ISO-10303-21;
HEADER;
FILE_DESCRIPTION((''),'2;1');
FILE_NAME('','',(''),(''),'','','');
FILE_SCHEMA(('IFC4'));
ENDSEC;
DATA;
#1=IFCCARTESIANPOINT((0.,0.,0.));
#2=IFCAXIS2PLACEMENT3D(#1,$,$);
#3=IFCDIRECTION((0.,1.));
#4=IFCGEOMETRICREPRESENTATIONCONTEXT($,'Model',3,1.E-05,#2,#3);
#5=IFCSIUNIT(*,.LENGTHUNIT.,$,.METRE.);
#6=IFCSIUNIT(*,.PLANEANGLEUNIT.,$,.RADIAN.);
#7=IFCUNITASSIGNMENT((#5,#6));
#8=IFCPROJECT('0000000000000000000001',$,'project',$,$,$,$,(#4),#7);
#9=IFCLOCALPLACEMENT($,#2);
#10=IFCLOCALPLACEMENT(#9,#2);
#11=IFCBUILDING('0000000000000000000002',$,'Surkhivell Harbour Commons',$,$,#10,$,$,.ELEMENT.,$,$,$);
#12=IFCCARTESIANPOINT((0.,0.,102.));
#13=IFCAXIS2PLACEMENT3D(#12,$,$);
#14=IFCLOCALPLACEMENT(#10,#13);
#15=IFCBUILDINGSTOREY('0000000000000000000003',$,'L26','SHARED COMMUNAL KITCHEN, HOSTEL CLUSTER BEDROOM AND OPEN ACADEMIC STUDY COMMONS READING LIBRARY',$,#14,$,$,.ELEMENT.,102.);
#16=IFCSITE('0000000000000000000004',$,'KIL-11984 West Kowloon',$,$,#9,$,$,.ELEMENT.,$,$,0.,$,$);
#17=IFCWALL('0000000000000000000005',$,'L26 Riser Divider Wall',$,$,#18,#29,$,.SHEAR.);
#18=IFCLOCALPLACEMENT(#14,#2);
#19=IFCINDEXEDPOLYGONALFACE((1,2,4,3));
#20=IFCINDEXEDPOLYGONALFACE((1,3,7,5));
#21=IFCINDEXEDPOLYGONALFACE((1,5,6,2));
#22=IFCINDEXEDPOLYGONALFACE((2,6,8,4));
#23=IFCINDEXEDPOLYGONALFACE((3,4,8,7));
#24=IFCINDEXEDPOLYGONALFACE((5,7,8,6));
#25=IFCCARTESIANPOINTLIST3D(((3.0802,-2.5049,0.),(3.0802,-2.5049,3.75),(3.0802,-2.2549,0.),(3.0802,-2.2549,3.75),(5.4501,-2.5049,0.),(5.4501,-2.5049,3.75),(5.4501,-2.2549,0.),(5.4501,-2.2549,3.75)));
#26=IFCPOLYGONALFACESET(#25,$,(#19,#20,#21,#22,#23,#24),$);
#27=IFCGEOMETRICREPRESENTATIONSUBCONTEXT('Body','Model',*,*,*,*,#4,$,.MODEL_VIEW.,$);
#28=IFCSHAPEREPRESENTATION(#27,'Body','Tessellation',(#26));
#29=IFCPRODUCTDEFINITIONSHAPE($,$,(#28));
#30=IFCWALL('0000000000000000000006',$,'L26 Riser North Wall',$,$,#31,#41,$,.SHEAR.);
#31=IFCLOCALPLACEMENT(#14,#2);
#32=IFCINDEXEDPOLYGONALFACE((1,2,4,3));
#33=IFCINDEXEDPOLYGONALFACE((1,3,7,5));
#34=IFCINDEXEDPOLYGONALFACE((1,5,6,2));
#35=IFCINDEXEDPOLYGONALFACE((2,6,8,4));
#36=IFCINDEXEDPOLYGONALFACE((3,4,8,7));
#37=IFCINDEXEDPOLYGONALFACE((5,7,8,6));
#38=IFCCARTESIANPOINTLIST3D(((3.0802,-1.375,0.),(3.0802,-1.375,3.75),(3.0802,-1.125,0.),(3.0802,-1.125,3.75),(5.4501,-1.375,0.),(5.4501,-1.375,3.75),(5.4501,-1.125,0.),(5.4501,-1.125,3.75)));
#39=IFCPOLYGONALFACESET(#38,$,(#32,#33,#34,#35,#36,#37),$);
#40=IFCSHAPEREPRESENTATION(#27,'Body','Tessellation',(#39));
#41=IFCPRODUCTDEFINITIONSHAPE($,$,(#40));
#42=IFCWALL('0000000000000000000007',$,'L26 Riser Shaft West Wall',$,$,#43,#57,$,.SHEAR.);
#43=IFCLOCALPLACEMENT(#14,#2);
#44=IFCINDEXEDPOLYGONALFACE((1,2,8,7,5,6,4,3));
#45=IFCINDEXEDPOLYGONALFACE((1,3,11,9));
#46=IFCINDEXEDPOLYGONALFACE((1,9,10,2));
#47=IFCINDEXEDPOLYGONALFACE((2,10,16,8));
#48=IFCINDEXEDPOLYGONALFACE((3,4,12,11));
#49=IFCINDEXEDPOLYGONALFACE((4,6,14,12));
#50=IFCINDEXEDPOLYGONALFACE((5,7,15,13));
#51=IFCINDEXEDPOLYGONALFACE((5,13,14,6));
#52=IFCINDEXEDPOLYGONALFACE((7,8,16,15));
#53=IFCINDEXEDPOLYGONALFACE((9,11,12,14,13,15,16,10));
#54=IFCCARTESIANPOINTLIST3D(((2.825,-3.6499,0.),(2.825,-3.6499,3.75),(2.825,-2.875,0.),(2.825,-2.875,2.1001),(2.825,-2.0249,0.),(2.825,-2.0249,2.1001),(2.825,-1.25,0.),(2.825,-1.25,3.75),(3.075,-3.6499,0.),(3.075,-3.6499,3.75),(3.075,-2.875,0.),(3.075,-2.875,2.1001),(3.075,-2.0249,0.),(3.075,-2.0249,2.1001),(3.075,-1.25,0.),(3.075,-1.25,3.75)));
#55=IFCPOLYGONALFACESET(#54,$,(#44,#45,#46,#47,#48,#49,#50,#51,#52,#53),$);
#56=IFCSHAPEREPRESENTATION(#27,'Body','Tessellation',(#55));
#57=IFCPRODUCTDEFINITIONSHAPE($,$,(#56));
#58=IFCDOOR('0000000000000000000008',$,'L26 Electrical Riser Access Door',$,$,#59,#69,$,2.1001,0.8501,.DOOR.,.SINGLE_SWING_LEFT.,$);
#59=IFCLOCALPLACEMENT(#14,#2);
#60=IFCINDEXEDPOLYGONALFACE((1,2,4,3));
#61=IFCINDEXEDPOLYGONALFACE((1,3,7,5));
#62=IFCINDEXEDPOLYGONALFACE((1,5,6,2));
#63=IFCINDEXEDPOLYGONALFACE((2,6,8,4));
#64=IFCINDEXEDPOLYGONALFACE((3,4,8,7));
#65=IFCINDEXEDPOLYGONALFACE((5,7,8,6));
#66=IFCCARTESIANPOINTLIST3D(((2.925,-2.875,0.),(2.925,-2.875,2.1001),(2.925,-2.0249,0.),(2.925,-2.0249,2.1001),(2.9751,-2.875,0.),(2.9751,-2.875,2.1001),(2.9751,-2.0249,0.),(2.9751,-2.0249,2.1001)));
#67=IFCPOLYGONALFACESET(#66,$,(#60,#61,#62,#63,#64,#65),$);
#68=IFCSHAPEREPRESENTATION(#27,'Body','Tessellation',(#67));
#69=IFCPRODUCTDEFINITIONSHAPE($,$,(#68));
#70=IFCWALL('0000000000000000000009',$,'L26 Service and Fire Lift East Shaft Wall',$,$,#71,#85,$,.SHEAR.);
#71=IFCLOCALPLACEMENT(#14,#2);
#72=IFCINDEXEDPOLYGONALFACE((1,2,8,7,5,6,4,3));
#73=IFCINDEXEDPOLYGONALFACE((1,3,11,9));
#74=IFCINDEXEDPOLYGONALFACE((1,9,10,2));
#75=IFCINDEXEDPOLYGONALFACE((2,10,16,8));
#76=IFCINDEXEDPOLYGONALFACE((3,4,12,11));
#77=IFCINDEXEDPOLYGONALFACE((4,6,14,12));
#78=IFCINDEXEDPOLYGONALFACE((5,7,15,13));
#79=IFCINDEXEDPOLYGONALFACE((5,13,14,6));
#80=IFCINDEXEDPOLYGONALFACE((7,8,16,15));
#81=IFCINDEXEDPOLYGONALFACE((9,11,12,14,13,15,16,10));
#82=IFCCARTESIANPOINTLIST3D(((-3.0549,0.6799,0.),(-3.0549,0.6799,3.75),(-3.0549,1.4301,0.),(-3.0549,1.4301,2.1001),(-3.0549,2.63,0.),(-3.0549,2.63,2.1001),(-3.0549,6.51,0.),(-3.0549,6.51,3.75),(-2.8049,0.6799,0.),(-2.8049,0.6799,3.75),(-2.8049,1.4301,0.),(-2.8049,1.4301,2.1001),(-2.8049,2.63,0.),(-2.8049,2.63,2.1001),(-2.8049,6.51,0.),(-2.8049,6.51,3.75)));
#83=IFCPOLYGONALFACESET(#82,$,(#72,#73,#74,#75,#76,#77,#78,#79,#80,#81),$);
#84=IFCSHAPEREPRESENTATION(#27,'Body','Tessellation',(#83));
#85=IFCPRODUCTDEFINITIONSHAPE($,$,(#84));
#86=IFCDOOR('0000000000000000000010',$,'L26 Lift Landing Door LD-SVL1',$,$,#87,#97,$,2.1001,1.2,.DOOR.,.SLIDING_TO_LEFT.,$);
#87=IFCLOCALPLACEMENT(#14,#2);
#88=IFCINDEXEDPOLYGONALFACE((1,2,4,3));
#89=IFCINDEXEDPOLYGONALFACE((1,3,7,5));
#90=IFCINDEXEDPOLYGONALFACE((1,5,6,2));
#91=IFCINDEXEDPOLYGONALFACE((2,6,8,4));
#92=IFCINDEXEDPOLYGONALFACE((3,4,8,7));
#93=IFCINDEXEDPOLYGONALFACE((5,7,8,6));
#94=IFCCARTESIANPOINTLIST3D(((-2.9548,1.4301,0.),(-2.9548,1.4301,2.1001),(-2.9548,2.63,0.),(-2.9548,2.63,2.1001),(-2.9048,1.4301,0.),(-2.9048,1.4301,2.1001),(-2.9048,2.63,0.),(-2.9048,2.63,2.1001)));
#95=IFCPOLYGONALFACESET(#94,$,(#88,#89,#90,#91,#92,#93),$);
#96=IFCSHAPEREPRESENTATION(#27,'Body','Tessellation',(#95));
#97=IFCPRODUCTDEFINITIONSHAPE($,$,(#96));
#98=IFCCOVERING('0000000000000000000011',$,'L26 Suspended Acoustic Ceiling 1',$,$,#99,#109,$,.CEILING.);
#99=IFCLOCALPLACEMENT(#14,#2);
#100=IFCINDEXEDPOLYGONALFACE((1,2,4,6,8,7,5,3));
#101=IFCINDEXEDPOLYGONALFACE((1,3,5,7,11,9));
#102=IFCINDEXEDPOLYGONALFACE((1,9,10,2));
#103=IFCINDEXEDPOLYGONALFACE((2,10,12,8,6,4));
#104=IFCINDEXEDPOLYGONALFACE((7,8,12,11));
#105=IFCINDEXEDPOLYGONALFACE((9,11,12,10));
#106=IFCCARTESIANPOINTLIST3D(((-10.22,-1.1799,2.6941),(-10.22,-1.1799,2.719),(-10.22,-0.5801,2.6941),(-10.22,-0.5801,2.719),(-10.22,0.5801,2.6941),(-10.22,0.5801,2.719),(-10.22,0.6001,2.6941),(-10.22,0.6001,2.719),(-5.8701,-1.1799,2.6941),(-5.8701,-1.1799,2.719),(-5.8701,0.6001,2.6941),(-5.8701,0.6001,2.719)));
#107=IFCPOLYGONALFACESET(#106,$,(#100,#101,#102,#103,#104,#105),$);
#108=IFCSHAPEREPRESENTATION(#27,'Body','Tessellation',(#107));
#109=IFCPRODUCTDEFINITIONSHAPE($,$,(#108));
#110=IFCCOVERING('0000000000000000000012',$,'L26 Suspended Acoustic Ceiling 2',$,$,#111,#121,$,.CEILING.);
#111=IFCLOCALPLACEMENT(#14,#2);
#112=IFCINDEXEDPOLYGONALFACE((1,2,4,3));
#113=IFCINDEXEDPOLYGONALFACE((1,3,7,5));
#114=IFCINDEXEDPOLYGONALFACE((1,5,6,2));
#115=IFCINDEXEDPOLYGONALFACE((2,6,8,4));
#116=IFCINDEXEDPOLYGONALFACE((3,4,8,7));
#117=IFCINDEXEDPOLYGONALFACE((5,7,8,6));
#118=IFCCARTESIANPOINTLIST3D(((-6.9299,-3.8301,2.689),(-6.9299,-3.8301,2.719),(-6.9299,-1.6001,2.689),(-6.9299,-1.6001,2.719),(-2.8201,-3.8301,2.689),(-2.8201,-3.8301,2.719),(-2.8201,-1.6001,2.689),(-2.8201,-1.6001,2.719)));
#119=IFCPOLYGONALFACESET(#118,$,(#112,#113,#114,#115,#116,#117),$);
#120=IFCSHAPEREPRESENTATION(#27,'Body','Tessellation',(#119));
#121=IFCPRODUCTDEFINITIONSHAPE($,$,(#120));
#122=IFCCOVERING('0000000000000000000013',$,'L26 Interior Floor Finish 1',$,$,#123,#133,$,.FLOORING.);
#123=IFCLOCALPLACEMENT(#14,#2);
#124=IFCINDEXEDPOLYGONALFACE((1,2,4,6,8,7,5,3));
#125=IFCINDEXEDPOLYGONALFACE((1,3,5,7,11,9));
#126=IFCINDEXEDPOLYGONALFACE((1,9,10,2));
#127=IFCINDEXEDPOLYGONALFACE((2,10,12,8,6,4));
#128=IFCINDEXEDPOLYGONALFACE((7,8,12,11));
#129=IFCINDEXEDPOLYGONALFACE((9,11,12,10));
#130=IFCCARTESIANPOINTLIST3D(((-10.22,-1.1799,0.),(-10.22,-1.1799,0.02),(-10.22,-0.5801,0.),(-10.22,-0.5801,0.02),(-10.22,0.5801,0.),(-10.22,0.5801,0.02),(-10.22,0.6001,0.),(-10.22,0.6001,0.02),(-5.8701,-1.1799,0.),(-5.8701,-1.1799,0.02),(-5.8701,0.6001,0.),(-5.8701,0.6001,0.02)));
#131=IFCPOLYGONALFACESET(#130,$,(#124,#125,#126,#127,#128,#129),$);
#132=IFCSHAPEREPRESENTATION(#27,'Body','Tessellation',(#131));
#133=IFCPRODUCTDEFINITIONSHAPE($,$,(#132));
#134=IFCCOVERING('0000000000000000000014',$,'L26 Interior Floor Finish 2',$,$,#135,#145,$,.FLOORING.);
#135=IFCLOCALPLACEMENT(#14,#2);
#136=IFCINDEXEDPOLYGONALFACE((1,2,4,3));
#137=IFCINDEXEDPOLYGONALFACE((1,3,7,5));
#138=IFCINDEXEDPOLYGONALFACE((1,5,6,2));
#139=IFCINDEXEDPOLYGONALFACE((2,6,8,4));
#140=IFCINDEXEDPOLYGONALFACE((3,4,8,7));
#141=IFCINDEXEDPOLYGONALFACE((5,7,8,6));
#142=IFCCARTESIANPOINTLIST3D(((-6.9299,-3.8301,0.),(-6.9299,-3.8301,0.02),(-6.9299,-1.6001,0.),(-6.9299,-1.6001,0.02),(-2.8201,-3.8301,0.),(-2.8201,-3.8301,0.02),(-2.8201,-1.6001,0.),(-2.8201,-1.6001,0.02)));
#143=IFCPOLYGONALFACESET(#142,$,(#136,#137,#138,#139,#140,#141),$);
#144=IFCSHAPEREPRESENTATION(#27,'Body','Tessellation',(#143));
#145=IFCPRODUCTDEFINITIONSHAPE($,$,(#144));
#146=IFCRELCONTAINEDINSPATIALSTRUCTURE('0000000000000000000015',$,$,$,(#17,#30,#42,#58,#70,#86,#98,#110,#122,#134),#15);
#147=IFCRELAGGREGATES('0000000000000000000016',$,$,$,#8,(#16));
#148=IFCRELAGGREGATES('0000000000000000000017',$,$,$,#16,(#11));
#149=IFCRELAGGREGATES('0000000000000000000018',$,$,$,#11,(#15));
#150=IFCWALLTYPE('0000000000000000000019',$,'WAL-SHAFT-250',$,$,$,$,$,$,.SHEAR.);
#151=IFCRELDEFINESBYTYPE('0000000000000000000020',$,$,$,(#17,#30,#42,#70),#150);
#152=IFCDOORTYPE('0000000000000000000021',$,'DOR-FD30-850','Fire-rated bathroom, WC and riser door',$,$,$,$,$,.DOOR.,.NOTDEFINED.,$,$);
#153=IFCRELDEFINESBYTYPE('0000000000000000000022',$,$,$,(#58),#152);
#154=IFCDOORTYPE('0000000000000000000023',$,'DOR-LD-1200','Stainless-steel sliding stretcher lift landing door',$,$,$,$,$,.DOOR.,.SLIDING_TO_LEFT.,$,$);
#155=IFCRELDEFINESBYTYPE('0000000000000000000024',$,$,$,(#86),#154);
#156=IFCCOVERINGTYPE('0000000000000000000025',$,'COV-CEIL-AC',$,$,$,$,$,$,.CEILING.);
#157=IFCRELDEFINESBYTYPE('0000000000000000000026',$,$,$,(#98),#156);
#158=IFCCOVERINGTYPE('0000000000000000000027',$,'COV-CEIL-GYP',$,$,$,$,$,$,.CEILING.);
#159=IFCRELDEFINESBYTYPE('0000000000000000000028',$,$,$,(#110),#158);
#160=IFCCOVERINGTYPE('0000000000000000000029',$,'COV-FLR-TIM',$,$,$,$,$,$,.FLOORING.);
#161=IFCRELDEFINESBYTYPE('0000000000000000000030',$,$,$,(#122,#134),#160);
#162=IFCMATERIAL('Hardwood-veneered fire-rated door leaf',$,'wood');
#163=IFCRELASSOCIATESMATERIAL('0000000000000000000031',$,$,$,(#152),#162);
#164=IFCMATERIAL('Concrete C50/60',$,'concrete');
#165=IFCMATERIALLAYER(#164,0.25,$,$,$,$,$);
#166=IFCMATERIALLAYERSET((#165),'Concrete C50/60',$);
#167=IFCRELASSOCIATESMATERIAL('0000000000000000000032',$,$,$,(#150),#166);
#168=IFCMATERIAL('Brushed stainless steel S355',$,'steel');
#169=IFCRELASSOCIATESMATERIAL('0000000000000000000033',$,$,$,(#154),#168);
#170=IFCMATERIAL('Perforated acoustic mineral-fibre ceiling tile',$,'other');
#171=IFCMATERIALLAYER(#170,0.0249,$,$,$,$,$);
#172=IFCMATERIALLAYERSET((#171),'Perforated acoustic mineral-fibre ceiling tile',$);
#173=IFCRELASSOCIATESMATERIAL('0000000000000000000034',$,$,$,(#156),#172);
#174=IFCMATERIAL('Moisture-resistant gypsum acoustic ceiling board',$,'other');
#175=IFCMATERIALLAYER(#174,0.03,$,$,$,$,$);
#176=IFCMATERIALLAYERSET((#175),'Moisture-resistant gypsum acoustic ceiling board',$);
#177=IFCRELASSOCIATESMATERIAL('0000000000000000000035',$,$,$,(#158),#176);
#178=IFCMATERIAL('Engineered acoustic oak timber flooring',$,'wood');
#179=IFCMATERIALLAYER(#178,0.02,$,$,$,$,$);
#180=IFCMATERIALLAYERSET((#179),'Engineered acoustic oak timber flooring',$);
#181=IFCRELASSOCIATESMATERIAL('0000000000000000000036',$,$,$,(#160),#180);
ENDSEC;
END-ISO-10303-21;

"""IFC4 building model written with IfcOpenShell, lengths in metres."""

from ifc_helpers import new_model, si_unit, direction, frame, frame_2d, origin, place, context, subcontext, project, spatial, polyline, rectangle, outline, extrude, material, layer, layer_set, type_object, element, fill, save


model = new_model("IFC4")

# Units and contexts
model_context = context("Model", 3, precision=1e-05, world=origin(), true_north=direction((0.0, 1.0)))
body_context = subcontext(model_context, "Body", "Model", "MODEL_VIEW")
ifc_project = project(units=[si_unit("LENGTHUNIT", "METRE"), si_unit("PLANEANGLEUNIT", "RADIAN")], contexts=[model_context])

# Site, building, storey
site_placement = place(None, origin())
site = spatial("IfcSite", under=ifc_project, at=site_placement, Name="KIL-11984 West Kowloon", CompositionType="ELEMENT", RefElevation=0.0)
building_placement = place(site_placement, origin())
building = spatial("IfcBuilding", under=site, at=building_placement, Name="Surkhivell Harbour Commons", CompositionType="ELEMENT")
storey_placement = place(building_placement, frame((0.0, 0.0, 102.0)))
storey = spatial("IfcBuildingStorey", under=building, at=storey_placement, Name="L26", Description="SHARED COMMUNAL KITCHEN, HOSTEL CLUSTER BEDROOM AND OPEN ACADEMIC STUDY COMMONS READING LIBRARY", CompositionType="ELEMENT", Elevation=102.0)

# Shared definitions
ifc_material_1 = material(Name="Hardwood-veneered fire-rated door leaf", Category="wood")
door_type_1 = type_object("IfcDoorType", Name="DOR-FD30-850", Description="Fire-rated bathroom, WC and riser door", OperationType="NOTDEFINED", PredefinedType="DOOR", material=ifc_material_1)

# Shared definitions
ifc_material_2 = material(Name="Concrete C50/60", Category="concrete")
ifc_layer_1 = layer(ifc_material_2, 0.25)
ifc_layer_set_1 = layer_set([ifc_layer_1], Name="Concrete C50/60")
wall_type_1 = type_object("IfcWallType", Name="WAL-SHAFT-250", PredefinedType="SHEAR", material=ifc_layer_set_1)

# Shared definitions
ifc_material_3 = material(Name="Brushed stainless steel S355", Category="steel")

# Walls
for number, where, z_axis, x_axis, name in (
    (1, (3.0801, -2.3799, 0.0), (0.0, 0.0, 1.0), (1.0, 0.0, 0.0), "L26 Riser Divider Wall"),
    (2, (3.0801, -1.25, 0.0), (0.0, 0.0, 1.0), (1.0, 0.0, 0.0), "L26 Riser North Wall"),
):
    element("IfcWall", number, at=place(storey_placement, frame(where, z_axis=z_axis, x_axis=x_axis)), inside=storey, type_object=wall_type_1, Name=name, PredefinedType="SHEAR", context=body_context, shape_type="SweptSolid", body=[
        extrude(rectangle(XDim=2.3699, YDim=0.25, at=frame_2d((1.1851, 0.0))), origin(), (0.0, 0.0, 1.0), 3.75),
    ])

# Walls, openings, doors
wall_1_placement = place(storey_placement, frame((2.95, -3.6499, 0.0), z_axis=(0.0, 0.0, 1.0), x_axis=(0.0, 1.0, 0.0)))
wall_1 = element("IfcWall", 3, at=wall_1_placement, inside=storey, type_object=wall_type_1, Name="L26 Riser Shaft West Wall", PredefinedType="SHEAR", context=body_context, shape_type="SweptSolid", body=[
    extrude(rectangle(XDim=2.3999, YDim=0.25, at=frame_2d((1.2, 0.0))), origin(), (0.0, 0.0, 1.0), 3.75),
])
opening_1_placement = place(wall_1_placement, frame((0.7749, 0.0, 0.0)))
opening_1 = element("IfcOpeningElement", 4, at=opening_1_placement, cuts=wall_1, PredefinedType="OPENING", context=body_context, shape_type="SweptSolid", body=[
    extrude(rectangle(XDim=0.8501, YDim=2.1001, at=frame_2d((0.425, 1.05))), frame((0.0, 0.135, 0.0), z_axis=(0.0, -1.0, 0.0), x_axis=(1.0, 0.0, 0.0)), (0.0, 0.0, 1.0), 0.27),
])
door_1_placement = place(opening_1_placement, origin())
door_1 = element("IfcDoor", 5, at=door_1_placement, inside=storey, type_object=door_type_1, Name="L26 Electrical Riser Access Door", OperationType="SINGLE_SWING_LEFT", OverallHeight=2.1001, OverallWidth=0.8501, PredefinedType="DOOR", context=body_context, shape_type="SweptSolid", body=[
    extrude(rectangle(XDim=0.8501, YDim=2.1001, at=frame_2d((0.425, 1.05))), frame((0.0, 0.0249, 0.0), z_axis=(0.0, -1.0, 0.0), x_axis=(1.0, 0.0, 0.0)), (0.0, 0.0, 1.0), 0.05),
])
fill(opening_1, door_1)
wall_2_placement = place(storey_placement, frame((-2.9299, 0.6799, 0.0), z_axis=(0.0, 0.0, 1.0), x_axis=(0.0, 1.0, 0.0)))
wall_2 = element("IfcWall", 6, at=wall_2_placement, inside=storey, type_object=wall_type_1, Name="L26 Service and Fire Lift East Shaft Wall", PredefinedType="SHEAR", context=body_context, shape_type="SweptSolid", body=[
    extrude(rectangle(XDim=5.8301, YDim=0.25, at=frame_2d((2.915, 0.0))), origin(), (0.0, 0.0, 1.0), 3.75),
])
opening_2_placement = place(wall_2_placement, frame((0.75, 0.0, 0.0)))
opening_2 = element("IfcOpeningElement", 7, at=opening_2_placement, cuts=wall_2, PredefinedType="OPENING", context=body_context, shape_type="SweptSolid", body=[
    extrude(rectangle(XDim=1.2, YDim=2.1001, at=frame_2d((0.6001, 1.05))), frame((0.0, 0.135, 0.0), z_axis=(0.0, -1.0, 0.0), x_axis=(1.0, 0.0, 0.0)), (0.0, 0.0, 1.0), 0.27),
])
door_type_2 = type_object("IfcDoorType", Name="DOR-LD-1200", Description="Stainless-steel sliding stretcher lift landing door", OperationType="SLIDING_TO_LEFT", PredefinedType="DOOR", material=ifc_material_3)
door_2_placement = place(opening_2_placement, origin())
door_2 = element("IfcDoor", 8, at=door_2_placement, inside=storey, type_object=door_type_2, Name="L26 Lift Landing Door LD-SVL1", OperationType="SLIDING_TO_LEFT", OverallHeight=2.1001, OverallWidth=1.2, PredefinedType="DOOR", context=body_context, shape_type="SweptSolid", body=[
    extrude(rectangle(XDim=1.2, YDim=2.1001, at=frame_2d((0.6001, 1.05))), frame((0.0, 0.0249, 0.0), z_axis=(0.0, -1.0, 0.0), x_axis=(1.0, 0.0, 0.0)), (0.0, 0.0, 1.0), 0.05),
])
fill(opening_2, door_2)

# Coverings
ifc_material_4 = material(Name="Perforated acoustic mineral-fibre ceiling tile", Category="other")
ifc_layer_2 = layer(ifc_material_4, 0.0249)
ifc_layer_set_2 = layer_set([ifc_layer_2], Name="Perforated acoustic mineral-fibre ceiling tile")
covering_type_1 = type_object("IfcCoveringType", Name="COV-CEIL-AC", PredefinedType="CEILING", material=ifc_layer_set_2)
covering_1_placement = place(storey_placement, frame((0.0, 0.0, 2.6941)))
element("IfcCovering", 9, at=covering_1_placement, inside=storey, type_object=covering_type_1, Name="L26 Suspended Acoustic Ceiling 1", PredefinedType="CEILING", context=body_context, shape_type="SweptSolid", body=[
    extrude(outline(polyline([(-10.22, -1.1799), (-5.8701, -1.1799), (-5.8701, 0.6001), (-10.22, 0.6001), (-10.22, 0.5801), (-10.22, -0.5801), (-10.22, -1.1799)])), origin(), (0.0, 0.0, 1.0), 0.0249),
])
ifc_material_5 = material(Name="Moisture-resistant gypsum acoustic ceiling board", Category="other")
ifc_layer_3 = layer(ifc_material_5, 0.03)
ifc_layer_set_3 = layer_set([ifc_layer_3], Name="Moisture-resistant gypsum acoustic ceiling board")
covering_type_2 = type_object("IfcCoveringType", Name="COV-CEIL-GYP", PredefinedType="CEILING", material=ifc_layer_set_3)
covering_2_placement = place(storey_placement, frame((0.0, 0.0, 2.689)))
element("IfcCovering", 10, at=covering_2_placement, inside=storey, type_object=covering_type_2, Name="L26 Suspended Acoustic Ceiling 2", PredefinedType="CEILING", context=body_context, shape_type="SweptSolid", body=[
    extrude(outline(polyline([(-6.9299, -3.8301), (-2.8201, -3.8301), (-2.8201, -1.6001), (-6.9299, -1.6001), (-6.9299, -3.8301)])), origin(), (0.0, 0.0, 1.0), 0.03),
])
ifc_material_6 = material(Name="Engineered acoustic oak timber flooring", Category="wood")
ifc_layer_4 = layer(ifc_material_6, 0.02)
ifc_layer_set_4 = layer_set([ifc_layer_4], Name="Engineered acoustic oak timber flooring")
covering_type_3 = type_object("IfcCoveringType", Name="COV-FLR-TIM", PredefinedType="FLOORING", material=ifc_layer_set_4)
covering_3_placement = place(storey_placement, origin())
element("IfcCovering", 11, at=covering_3_placement, inside=storey, type_object=covering_type_3, Name="L26 Interior Floor Finish 1", PredefinedType="FLOORING", context=body_context, shape_type="SweptSolid", body=[
    extrude(outline(polyline([(-10.22, -1.1799), (-5.8701, -1.1799), (-5.8701, 0.6001), (-10.22, 0.6001), (-10.22, 0.5801), (-10.22, -0.5801), (-10.22, -1.1799)])), origin(), (0.0, 0.0, 1.0), 0.02),
])
covering_4_placement = place(storey_placement, origin())
element("IfcCovering", 12, at=covering_4_placement, inside=storey, type_object=covering_type_3, Name="L26 Interior Floor Finish 2", PredefinedType="FLOORING", context=body_context, shape_type="SweptSolid", body=[
    extrude(outline(polyline([(-6.9299, -3.8301), (-2.8201, -3.8301), (-2.8201, -1.6001), (-6.9299, -1.6001), (-6.9299, -3.8301)])), origin(), (0.0, 0.0, 1.0), 0.02),
])

save(model, "model.ifc")
